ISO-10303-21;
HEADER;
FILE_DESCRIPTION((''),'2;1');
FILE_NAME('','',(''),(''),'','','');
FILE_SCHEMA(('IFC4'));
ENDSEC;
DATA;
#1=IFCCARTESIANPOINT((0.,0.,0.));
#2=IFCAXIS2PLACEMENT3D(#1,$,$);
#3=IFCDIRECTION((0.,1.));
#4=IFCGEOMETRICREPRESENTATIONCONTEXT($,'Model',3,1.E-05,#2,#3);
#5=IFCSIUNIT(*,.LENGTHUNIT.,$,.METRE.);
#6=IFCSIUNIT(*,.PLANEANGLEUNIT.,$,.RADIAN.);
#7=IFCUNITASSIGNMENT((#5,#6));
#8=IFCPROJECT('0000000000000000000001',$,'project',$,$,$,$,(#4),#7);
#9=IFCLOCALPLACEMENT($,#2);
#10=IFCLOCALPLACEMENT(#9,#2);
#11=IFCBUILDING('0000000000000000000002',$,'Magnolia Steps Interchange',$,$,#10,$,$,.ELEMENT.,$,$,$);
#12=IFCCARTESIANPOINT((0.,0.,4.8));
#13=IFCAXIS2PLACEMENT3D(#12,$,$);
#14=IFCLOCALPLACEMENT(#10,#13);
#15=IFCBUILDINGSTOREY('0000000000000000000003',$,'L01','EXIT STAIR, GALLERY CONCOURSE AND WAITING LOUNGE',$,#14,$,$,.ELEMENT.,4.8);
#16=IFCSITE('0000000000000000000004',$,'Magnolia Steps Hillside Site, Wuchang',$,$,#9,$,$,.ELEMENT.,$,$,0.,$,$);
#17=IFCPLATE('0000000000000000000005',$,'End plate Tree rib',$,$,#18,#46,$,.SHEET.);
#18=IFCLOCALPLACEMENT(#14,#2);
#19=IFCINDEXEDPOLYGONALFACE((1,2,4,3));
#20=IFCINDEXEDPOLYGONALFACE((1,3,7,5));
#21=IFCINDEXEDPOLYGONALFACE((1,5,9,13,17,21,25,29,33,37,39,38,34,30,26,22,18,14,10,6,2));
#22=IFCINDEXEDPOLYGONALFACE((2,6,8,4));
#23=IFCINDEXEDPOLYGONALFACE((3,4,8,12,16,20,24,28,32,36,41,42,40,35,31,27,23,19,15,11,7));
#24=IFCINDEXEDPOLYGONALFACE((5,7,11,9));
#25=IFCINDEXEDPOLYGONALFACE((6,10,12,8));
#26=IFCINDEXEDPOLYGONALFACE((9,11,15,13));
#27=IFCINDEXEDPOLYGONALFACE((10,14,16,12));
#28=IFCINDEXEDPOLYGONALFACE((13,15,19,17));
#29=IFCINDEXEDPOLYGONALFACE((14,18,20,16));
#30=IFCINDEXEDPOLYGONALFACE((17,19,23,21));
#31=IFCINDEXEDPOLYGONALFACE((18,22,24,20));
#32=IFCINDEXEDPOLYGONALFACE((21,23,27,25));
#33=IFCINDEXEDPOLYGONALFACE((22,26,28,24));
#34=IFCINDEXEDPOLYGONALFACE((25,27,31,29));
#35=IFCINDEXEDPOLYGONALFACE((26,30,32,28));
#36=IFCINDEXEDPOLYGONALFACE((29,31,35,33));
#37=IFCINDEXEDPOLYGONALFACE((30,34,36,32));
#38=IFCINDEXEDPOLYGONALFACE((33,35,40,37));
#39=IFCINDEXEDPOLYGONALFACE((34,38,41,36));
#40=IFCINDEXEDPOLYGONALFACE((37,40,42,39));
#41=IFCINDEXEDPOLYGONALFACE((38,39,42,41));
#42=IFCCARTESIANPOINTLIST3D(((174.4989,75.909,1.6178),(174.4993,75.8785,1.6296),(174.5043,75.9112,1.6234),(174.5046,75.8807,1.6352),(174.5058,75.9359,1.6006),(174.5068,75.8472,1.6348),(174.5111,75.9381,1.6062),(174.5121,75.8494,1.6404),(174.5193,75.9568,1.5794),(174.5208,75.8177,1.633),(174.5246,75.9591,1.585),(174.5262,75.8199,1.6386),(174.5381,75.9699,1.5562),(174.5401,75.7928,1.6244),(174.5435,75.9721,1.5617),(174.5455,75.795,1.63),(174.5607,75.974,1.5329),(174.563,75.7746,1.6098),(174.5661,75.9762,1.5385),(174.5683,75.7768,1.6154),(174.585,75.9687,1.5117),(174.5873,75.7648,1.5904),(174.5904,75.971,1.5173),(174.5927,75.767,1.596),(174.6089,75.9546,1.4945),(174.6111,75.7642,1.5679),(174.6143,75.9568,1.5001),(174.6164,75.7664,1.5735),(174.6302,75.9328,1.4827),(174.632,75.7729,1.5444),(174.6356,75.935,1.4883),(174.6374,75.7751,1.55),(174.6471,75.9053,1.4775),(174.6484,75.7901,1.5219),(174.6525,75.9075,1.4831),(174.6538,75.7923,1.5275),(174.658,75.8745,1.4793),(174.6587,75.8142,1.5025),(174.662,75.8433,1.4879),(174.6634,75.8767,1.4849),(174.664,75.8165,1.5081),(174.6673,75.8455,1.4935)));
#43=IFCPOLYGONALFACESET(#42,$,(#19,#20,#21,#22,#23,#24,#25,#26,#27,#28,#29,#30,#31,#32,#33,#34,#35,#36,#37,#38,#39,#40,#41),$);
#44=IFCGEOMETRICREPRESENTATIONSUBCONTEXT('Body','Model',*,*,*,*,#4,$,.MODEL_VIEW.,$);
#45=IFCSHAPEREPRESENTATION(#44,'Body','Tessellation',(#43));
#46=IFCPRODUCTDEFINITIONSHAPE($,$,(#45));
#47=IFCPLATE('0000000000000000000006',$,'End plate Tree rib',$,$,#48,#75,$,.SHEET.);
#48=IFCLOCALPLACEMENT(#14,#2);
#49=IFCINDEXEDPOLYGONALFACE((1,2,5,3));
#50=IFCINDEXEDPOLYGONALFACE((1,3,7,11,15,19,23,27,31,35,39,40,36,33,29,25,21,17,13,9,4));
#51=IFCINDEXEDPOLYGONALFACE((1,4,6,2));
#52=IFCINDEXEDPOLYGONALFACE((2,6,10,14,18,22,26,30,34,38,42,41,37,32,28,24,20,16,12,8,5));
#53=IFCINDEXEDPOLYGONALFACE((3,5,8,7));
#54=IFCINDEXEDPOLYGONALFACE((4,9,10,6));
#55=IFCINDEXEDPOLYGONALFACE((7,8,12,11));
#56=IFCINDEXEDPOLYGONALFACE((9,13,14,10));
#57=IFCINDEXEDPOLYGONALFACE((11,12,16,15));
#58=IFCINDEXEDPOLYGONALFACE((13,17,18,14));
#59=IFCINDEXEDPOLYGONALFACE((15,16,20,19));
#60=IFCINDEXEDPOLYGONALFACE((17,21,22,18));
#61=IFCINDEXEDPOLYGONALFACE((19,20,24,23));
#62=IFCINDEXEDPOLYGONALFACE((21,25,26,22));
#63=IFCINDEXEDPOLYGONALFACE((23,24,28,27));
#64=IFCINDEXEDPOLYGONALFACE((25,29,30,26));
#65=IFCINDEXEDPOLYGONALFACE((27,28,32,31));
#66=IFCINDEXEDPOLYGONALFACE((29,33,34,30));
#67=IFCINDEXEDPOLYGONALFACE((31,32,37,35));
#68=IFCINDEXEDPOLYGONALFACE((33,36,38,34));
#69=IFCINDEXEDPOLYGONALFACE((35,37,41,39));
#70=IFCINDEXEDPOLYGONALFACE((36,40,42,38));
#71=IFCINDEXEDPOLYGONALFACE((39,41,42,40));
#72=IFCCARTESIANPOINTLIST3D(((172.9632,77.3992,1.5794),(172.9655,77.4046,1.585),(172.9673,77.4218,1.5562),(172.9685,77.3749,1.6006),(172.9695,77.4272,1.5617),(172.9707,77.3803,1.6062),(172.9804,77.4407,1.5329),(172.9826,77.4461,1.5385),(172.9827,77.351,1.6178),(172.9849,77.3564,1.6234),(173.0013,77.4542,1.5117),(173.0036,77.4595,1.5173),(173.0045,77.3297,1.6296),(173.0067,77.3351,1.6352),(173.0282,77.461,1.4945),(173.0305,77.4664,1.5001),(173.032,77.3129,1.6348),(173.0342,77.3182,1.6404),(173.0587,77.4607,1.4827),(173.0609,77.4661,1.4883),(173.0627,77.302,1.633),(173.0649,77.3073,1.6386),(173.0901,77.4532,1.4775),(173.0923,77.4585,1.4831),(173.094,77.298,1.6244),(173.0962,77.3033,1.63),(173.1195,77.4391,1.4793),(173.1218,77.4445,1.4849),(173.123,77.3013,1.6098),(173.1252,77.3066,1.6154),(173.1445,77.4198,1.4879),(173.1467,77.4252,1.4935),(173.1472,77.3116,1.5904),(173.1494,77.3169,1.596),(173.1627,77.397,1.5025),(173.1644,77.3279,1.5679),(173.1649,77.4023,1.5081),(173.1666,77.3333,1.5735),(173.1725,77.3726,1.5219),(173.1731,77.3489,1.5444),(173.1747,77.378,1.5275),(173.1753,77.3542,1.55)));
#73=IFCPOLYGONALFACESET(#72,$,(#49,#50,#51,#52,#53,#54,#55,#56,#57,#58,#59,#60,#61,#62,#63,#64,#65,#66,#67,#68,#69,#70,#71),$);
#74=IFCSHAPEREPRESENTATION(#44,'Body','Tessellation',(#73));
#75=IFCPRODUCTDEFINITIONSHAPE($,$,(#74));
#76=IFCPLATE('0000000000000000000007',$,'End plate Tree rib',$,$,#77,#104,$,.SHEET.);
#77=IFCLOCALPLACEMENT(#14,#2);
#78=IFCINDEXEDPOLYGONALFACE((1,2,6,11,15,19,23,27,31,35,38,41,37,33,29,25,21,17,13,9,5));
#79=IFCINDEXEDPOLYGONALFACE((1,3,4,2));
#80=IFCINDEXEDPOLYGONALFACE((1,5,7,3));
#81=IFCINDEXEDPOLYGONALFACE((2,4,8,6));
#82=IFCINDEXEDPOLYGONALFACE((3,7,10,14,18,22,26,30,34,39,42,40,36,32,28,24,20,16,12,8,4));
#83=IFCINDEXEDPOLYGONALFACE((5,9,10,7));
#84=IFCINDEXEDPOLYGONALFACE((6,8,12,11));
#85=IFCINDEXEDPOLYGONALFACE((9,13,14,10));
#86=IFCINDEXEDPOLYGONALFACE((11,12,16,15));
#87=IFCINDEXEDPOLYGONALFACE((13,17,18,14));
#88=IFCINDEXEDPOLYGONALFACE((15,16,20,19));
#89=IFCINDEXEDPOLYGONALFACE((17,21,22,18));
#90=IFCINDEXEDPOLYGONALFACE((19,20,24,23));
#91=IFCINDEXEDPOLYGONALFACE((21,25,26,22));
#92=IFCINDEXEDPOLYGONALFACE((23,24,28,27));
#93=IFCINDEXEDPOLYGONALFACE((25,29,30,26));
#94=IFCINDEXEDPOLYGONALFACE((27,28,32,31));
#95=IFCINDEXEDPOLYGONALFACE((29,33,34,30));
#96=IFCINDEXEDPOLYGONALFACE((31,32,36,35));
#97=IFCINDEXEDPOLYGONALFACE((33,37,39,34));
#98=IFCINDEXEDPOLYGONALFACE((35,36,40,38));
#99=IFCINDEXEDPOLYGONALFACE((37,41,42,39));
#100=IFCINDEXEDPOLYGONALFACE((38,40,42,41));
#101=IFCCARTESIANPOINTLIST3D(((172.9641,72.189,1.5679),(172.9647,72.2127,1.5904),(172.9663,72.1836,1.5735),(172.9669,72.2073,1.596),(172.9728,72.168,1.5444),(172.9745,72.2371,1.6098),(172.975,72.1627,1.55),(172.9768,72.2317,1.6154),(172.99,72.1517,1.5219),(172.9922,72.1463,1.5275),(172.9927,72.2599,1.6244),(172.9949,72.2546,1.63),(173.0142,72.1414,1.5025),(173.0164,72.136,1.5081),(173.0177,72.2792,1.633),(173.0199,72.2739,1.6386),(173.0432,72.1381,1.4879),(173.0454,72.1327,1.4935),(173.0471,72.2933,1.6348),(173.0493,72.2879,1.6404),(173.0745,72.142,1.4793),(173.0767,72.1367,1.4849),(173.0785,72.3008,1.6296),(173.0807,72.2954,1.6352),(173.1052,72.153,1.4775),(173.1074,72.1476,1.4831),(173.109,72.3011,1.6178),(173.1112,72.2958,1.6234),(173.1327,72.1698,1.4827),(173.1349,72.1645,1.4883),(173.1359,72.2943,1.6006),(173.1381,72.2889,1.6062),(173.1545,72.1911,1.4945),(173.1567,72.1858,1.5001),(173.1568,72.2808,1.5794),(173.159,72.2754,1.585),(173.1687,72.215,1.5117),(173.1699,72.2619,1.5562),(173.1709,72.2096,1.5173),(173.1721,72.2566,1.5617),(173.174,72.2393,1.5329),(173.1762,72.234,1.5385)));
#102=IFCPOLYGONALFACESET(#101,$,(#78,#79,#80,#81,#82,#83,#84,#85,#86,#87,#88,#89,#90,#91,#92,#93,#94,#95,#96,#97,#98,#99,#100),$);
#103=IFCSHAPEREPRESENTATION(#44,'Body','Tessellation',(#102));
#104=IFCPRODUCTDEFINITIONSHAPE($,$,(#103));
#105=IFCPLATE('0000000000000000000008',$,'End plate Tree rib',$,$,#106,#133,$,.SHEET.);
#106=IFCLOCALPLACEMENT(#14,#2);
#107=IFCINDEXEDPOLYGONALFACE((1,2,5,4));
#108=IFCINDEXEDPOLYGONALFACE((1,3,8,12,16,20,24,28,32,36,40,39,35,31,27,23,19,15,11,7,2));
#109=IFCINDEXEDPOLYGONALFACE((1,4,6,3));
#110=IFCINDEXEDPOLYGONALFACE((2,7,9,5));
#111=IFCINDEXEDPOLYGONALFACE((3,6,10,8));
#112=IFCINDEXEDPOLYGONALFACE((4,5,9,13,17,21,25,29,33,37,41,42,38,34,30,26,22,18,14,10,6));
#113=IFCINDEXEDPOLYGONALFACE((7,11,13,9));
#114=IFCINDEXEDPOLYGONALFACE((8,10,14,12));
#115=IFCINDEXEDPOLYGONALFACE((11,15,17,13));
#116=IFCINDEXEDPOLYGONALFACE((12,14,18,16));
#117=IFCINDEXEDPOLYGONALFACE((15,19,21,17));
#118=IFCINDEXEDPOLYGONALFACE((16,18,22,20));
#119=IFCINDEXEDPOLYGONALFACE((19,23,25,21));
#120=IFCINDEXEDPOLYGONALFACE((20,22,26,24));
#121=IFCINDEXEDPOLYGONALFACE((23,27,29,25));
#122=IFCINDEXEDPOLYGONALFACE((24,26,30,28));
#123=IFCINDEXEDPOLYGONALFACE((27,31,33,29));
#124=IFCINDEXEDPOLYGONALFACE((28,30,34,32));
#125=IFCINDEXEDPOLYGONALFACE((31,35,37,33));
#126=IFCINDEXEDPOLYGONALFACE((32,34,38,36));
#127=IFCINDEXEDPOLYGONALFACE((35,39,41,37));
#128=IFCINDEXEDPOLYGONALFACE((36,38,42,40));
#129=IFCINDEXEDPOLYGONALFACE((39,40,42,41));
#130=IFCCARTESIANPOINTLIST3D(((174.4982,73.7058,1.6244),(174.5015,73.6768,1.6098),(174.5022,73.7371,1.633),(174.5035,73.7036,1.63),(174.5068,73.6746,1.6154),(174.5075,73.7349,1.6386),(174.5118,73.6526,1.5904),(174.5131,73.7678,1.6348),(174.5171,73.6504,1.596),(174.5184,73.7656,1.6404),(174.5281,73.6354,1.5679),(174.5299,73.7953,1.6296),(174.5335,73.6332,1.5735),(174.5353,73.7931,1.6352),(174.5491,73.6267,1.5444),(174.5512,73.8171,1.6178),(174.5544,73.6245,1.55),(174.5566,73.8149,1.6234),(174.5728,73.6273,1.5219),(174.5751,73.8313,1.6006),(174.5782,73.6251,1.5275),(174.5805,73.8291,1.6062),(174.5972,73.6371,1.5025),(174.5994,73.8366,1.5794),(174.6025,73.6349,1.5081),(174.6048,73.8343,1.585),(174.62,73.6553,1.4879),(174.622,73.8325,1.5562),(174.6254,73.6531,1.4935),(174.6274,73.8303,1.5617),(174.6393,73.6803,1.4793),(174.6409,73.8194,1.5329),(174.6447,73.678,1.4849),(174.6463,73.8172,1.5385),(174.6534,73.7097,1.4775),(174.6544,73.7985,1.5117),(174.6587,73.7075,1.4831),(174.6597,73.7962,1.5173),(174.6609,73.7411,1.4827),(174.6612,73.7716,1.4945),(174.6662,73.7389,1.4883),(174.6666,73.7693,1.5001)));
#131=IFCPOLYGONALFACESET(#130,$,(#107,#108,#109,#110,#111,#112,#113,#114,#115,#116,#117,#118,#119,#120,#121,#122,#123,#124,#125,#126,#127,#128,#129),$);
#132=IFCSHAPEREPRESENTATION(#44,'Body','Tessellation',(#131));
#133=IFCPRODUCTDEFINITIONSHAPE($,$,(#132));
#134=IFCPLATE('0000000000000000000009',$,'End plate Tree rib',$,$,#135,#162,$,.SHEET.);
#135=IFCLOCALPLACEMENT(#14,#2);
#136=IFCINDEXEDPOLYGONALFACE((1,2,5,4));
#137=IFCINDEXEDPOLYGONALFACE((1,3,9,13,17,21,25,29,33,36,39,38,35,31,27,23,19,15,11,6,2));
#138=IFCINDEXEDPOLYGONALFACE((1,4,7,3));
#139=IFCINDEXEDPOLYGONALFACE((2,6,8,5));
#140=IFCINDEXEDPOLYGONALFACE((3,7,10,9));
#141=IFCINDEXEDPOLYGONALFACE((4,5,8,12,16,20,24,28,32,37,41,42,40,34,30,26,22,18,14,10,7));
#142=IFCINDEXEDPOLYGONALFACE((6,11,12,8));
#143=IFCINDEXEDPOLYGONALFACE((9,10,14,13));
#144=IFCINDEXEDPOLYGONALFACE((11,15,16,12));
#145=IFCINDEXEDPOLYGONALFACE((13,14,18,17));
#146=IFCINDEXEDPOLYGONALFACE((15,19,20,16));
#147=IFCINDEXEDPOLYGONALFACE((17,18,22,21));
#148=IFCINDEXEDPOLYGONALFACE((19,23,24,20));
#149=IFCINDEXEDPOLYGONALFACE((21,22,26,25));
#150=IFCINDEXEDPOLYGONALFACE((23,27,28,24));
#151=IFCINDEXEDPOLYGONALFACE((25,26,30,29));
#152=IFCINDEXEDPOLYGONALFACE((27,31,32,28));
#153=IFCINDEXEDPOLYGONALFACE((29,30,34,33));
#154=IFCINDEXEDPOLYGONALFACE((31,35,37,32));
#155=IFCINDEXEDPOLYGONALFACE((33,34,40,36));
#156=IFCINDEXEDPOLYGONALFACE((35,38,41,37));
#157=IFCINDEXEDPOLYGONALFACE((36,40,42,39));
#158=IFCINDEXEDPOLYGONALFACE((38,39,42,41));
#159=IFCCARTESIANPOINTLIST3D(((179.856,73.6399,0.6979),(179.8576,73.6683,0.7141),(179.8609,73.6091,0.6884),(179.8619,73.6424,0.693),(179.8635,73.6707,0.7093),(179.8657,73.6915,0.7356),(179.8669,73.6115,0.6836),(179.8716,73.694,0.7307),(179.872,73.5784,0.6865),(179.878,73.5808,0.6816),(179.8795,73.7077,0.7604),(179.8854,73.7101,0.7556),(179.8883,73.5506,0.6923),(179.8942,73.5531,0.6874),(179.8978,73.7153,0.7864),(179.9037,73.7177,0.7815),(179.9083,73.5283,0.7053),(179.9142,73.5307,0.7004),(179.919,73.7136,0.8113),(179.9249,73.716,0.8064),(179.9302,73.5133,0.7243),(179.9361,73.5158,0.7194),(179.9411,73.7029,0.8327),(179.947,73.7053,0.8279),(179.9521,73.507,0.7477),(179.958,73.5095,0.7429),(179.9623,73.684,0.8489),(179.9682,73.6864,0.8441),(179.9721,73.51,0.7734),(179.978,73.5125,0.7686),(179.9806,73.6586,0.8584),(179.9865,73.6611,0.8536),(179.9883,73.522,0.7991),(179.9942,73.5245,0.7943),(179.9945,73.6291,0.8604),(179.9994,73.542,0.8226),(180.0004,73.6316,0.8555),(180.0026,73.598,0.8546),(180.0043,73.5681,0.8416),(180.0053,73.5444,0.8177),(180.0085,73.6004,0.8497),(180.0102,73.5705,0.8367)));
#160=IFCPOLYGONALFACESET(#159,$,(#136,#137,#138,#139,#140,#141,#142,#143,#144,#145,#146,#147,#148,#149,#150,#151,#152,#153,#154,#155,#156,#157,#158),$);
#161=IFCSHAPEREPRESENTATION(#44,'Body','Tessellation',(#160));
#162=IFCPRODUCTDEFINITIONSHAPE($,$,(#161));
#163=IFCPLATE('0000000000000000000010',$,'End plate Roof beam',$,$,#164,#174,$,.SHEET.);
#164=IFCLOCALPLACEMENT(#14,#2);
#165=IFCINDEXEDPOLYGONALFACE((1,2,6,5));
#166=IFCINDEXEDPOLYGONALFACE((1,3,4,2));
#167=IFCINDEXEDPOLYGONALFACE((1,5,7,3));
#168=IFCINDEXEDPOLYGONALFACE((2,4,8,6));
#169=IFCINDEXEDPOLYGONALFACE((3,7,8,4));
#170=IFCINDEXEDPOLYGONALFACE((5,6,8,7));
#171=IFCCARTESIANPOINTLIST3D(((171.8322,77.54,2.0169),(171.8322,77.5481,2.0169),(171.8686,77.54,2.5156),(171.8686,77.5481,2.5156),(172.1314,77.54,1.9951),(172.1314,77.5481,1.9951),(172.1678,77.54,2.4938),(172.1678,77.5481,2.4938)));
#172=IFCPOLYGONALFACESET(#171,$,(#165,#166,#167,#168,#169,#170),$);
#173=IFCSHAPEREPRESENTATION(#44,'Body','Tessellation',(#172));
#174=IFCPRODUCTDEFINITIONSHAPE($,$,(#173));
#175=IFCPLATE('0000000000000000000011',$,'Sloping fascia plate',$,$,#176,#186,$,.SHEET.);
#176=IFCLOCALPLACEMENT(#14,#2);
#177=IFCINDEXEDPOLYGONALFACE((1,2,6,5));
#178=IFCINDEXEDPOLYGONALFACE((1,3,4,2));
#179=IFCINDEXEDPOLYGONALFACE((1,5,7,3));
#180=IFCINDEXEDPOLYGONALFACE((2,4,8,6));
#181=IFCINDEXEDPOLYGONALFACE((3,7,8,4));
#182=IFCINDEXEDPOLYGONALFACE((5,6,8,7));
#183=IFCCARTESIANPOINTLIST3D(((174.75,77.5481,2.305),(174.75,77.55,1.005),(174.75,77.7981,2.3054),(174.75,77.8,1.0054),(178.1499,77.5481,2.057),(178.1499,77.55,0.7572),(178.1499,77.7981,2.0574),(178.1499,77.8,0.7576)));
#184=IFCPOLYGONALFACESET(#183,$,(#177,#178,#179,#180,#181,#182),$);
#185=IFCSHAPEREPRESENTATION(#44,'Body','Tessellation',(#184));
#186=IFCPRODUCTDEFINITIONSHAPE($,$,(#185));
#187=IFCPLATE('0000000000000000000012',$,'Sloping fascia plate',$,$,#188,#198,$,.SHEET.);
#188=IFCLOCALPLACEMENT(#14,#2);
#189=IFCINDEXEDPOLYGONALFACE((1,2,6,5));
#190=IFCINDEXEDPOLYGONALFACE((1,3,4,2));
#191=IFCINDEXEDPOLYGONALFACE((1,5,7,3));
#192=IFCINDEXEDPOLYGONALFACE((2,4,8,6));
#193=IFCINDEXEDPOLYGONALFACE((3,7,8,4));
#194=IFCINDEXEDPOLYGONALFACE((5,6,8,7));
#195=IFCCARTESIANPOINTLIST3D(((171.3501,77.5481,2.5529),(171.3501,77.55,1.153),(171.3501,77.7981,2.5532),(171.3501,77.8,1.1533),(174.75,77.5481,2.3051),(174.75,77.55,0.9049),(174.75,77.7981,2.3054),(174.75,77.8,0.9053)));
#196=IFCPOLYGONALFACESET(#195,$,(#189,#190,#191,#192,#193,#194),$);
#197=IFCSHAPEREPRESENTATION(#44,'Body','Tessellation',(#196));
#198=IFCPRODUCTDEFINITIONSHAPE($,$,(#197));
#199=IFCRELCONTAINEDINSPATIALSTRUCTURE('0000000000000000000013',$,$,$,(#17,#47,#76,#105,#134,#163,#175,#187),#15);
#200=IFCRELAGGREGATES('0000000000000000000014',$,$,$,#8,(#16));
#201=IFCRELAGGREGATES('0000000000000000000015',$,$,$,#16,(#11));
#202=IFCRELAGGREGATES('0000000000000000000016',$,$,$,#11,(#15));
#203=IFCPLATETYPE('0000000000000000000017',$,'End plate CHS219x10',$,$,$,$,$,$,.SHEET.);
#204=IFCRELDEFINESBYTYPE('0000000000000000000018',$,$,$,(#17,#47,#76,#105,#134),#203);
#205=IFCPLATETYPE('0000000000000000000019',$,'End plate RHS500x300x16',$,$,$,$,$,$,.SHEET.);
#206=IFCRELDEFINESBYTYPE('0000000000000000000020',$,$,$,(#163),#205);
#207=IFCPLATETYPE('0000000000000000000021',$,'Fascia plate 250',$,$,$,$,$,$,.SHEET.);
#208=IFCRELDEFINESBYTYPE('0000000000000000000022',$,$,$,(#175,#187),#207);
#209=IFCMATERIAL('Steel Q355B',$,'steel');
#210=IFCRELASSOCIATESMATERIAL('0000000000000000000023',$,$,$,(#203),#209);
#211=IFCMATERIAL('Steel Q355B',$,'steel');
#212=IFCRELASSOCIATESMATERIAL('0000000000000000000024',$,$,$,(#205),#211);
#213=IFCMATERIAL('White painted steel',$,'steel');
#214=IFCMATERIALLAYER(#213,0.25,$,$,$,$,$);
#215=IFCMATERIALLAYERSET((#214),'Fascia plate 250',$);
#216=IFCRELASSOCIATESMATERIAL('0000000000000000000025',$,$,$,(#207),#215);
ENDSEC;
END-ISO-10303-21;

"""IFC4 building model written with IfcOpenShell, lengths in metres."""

from ifc_helpers import new_model, si_unit, direction, frame, origin, origin_2d, place, context, subcontext, project, spatial, polyline, rectangle, circle, outline, extrude, material, layer, layer_set, material_profile, profile_set, type_object, element, save


model = new_model("IFC4")

# Units and contexts
model_context = context("Model", 3, precision=1e-05, world=origin(), true_north=direction((0.0, 1.0)))
body_context = subcontext(model_context, "Body", "Model", "MODEL_VIEW")
ifc_project = project(units=[si_unit("LENGTHUNIT", "METRE"), si_unit("PLANEANGLEUNIT", "RADIAN")], contexts=[model_context])

# Site, building, storey
site_placement = place(None, origin())
site = spatial("IfcSite", under=ifc_project, at=site_placement, Name="Magnolia Steps Hillside Site, Wuchang", CompositionType="ELEMENT", RefElevation=0.0)
building_placement = place(site_placement, origin())
building = spatial("IfcBuilding", under=site, at=building_placement, Name="Magnolia Steps Interchange", CompositionType="ELEMENT")
storey_placement = place(building_placement, frame((0.0, 0.0, 4.8)))
storey = spatial("IfcBuildingStorey", under=building, at=storey_placement, Name="L01", Description="EXIT STAIR, GALLERY CONCOURSE AND WAITING LOUNGE", CompositionType="ELEMENT", Elevation=4.8)

# Plates
ifc_material_1 = material(Name="Steel Q355B", Category="steel")
ifc_material_profile_1 = material_profile(ifc_material_1, circle(Radius=0.1096, at=origin_2d()), Name="End plate CHS219x10")
ifc_profile_set_1 = profile_set([ifc_material_profile_1], Name="Steel Q355B")
plate_type_1 = type_object("IfcPlateType", Name="End plate CHS219x10", PredefinedType="SHEET", material=ifc_profile_set_1)
for number, where, z_axis, x_axis, name in (
    (1, (174.5801, 75.8687, 1.5562), (0.664583, 0.275279, 0.694658), (-0.382683, 0.92388, 0.0), "End plate Tree rib"),
    (2, (173.0686, 77.3799, 1.5562), (0.275279, 0.664583, 0.694658), (-0.92388, 0.382683, 0.0), "End plate Tree rib"),
    (3, (173.0686, 72.22, 1.5562), (0.275279, -0.664583, 0.694658), (0.92388, 0.382683, 0.0), "End plate Tree rib"),
    (4, (174.5801, 73.7312, 1.5562), (0.664583, -0.275279, 0.694658), (0.382683, 0.92388, 0.0), "End plate Tree rib"),
    (5, (179.936, 73.6138, 0.7686), (-0.734831, -0.304377, 0.606117), (0.382683, -0.92388, 0.0), "End plate Tree rib"),
):
    element("IfcPlate", number, at=place(storey_placement, frame(where, z_axis=z_axis, x_axis=x_axis)), inside=storey, type_object=plate_type_1, Name=name, PredefinedType="SHEET", context=body_context, shape_type="SweptSolid", body=[
        extrude(circle(Radius=0.1096, at=origin_2d()), origin(), (0.0, 0.0, 1.0), 0.0081),
    ])
ifc_material_2 = material(Name="Steel Q355B", Category="steel")
ifc_material_profile_2 = material_profile(ifc_material_2, rectangle(XDim=0.3, YDim=0.5, at=origin_2d()), Name="End plate RHS500x300x16")
ifc_profile_set_2 = profile_set([ifc_material_profile_2], Name="Steel Q355B")
plate_type_2 = type_object("IfcPlateType", Name="End plate RHS500x300x16", PredefinedType="SHEET", material=ifc_profile_set_2)
plate_1_placement = place(storey_placement, frame((172.0, 77.54, 2.2554), z_axis=(0.0, 1.0, 0.0), x_axis=(-0.997352, 0.0, 0.072724)))
element("IfcPlate", 6, at=plate_1_placement, inside=storey, type_object=plate_type_2, Name="End plate Roof beam", PredefinedType="SHEET", context=body_context, shape_type="SweptSolid", body=[
    extrude(rectangle(XDim=0.3, YDim=0.5, at=origin_2d()), origin(), (0.0, 0.0, 1.0), 0.0081),
])
ifc_material_3 = material(Name="White painted steel", Category="steel")
ifc_layer_1 = layer(ifc_material_3, 0.25)
ifc_layer_set_1 = layer_set([ifc_layer_1], Name="Fascia plate 250")
plate_type_3 = type_object("IfcPlateType", Name="Fascia plate 250", PredefinedType="SHEET", material=ifc_layer_set_1)
plate_2_placement = place(storey_placement, frame((178.1499, 77.8, 0.7576), z_axis=(0.00011, 0.999999, 0.001502), x_axis=(-0.997354, 0.0, 0.072692)))
element("IfcPlate", 7, at=plate_2_placement, inside=storey, type_object=plate_type_3, Name="Sloping fascia plate", PredefinedType="SHEET", context=body_context, shape_type="SweptSolid", body=[
    extrude(outline(polyline([(0.0, 0.0), (3.4089, 0.0), (3.5034, 1.2966), (0.0945, 1.2964), (0.0, 0.0)])), origin(), (0.0, 0.0, -1.0), 0.25),
])
plate_3_placement = place(storey_placement, frame((174.75, 77.8, 0.9053), z_axis=(0.000102, 0.999999, 0.001395), x_axis=(-0.997349, 0.0, 0.072764)))
element("IfcPlate", 8, at=plate_3_placement, inside=storey, type_object=plate_type_3, Name="Sloping fascia plate", PredefinedType="SHEET", context=body_context, shape_type="SweptSolid", body=[
    extrude(outline(polyline([(0.0, 0.0), (3.4089, 0.0), (3.5108, 1.3962), (0.1019, 1.3964), (0.0, 0.0)])), origin(), (0.0, 0.0, -1.0), 0.25),
])

save(model, "model.ifc")
